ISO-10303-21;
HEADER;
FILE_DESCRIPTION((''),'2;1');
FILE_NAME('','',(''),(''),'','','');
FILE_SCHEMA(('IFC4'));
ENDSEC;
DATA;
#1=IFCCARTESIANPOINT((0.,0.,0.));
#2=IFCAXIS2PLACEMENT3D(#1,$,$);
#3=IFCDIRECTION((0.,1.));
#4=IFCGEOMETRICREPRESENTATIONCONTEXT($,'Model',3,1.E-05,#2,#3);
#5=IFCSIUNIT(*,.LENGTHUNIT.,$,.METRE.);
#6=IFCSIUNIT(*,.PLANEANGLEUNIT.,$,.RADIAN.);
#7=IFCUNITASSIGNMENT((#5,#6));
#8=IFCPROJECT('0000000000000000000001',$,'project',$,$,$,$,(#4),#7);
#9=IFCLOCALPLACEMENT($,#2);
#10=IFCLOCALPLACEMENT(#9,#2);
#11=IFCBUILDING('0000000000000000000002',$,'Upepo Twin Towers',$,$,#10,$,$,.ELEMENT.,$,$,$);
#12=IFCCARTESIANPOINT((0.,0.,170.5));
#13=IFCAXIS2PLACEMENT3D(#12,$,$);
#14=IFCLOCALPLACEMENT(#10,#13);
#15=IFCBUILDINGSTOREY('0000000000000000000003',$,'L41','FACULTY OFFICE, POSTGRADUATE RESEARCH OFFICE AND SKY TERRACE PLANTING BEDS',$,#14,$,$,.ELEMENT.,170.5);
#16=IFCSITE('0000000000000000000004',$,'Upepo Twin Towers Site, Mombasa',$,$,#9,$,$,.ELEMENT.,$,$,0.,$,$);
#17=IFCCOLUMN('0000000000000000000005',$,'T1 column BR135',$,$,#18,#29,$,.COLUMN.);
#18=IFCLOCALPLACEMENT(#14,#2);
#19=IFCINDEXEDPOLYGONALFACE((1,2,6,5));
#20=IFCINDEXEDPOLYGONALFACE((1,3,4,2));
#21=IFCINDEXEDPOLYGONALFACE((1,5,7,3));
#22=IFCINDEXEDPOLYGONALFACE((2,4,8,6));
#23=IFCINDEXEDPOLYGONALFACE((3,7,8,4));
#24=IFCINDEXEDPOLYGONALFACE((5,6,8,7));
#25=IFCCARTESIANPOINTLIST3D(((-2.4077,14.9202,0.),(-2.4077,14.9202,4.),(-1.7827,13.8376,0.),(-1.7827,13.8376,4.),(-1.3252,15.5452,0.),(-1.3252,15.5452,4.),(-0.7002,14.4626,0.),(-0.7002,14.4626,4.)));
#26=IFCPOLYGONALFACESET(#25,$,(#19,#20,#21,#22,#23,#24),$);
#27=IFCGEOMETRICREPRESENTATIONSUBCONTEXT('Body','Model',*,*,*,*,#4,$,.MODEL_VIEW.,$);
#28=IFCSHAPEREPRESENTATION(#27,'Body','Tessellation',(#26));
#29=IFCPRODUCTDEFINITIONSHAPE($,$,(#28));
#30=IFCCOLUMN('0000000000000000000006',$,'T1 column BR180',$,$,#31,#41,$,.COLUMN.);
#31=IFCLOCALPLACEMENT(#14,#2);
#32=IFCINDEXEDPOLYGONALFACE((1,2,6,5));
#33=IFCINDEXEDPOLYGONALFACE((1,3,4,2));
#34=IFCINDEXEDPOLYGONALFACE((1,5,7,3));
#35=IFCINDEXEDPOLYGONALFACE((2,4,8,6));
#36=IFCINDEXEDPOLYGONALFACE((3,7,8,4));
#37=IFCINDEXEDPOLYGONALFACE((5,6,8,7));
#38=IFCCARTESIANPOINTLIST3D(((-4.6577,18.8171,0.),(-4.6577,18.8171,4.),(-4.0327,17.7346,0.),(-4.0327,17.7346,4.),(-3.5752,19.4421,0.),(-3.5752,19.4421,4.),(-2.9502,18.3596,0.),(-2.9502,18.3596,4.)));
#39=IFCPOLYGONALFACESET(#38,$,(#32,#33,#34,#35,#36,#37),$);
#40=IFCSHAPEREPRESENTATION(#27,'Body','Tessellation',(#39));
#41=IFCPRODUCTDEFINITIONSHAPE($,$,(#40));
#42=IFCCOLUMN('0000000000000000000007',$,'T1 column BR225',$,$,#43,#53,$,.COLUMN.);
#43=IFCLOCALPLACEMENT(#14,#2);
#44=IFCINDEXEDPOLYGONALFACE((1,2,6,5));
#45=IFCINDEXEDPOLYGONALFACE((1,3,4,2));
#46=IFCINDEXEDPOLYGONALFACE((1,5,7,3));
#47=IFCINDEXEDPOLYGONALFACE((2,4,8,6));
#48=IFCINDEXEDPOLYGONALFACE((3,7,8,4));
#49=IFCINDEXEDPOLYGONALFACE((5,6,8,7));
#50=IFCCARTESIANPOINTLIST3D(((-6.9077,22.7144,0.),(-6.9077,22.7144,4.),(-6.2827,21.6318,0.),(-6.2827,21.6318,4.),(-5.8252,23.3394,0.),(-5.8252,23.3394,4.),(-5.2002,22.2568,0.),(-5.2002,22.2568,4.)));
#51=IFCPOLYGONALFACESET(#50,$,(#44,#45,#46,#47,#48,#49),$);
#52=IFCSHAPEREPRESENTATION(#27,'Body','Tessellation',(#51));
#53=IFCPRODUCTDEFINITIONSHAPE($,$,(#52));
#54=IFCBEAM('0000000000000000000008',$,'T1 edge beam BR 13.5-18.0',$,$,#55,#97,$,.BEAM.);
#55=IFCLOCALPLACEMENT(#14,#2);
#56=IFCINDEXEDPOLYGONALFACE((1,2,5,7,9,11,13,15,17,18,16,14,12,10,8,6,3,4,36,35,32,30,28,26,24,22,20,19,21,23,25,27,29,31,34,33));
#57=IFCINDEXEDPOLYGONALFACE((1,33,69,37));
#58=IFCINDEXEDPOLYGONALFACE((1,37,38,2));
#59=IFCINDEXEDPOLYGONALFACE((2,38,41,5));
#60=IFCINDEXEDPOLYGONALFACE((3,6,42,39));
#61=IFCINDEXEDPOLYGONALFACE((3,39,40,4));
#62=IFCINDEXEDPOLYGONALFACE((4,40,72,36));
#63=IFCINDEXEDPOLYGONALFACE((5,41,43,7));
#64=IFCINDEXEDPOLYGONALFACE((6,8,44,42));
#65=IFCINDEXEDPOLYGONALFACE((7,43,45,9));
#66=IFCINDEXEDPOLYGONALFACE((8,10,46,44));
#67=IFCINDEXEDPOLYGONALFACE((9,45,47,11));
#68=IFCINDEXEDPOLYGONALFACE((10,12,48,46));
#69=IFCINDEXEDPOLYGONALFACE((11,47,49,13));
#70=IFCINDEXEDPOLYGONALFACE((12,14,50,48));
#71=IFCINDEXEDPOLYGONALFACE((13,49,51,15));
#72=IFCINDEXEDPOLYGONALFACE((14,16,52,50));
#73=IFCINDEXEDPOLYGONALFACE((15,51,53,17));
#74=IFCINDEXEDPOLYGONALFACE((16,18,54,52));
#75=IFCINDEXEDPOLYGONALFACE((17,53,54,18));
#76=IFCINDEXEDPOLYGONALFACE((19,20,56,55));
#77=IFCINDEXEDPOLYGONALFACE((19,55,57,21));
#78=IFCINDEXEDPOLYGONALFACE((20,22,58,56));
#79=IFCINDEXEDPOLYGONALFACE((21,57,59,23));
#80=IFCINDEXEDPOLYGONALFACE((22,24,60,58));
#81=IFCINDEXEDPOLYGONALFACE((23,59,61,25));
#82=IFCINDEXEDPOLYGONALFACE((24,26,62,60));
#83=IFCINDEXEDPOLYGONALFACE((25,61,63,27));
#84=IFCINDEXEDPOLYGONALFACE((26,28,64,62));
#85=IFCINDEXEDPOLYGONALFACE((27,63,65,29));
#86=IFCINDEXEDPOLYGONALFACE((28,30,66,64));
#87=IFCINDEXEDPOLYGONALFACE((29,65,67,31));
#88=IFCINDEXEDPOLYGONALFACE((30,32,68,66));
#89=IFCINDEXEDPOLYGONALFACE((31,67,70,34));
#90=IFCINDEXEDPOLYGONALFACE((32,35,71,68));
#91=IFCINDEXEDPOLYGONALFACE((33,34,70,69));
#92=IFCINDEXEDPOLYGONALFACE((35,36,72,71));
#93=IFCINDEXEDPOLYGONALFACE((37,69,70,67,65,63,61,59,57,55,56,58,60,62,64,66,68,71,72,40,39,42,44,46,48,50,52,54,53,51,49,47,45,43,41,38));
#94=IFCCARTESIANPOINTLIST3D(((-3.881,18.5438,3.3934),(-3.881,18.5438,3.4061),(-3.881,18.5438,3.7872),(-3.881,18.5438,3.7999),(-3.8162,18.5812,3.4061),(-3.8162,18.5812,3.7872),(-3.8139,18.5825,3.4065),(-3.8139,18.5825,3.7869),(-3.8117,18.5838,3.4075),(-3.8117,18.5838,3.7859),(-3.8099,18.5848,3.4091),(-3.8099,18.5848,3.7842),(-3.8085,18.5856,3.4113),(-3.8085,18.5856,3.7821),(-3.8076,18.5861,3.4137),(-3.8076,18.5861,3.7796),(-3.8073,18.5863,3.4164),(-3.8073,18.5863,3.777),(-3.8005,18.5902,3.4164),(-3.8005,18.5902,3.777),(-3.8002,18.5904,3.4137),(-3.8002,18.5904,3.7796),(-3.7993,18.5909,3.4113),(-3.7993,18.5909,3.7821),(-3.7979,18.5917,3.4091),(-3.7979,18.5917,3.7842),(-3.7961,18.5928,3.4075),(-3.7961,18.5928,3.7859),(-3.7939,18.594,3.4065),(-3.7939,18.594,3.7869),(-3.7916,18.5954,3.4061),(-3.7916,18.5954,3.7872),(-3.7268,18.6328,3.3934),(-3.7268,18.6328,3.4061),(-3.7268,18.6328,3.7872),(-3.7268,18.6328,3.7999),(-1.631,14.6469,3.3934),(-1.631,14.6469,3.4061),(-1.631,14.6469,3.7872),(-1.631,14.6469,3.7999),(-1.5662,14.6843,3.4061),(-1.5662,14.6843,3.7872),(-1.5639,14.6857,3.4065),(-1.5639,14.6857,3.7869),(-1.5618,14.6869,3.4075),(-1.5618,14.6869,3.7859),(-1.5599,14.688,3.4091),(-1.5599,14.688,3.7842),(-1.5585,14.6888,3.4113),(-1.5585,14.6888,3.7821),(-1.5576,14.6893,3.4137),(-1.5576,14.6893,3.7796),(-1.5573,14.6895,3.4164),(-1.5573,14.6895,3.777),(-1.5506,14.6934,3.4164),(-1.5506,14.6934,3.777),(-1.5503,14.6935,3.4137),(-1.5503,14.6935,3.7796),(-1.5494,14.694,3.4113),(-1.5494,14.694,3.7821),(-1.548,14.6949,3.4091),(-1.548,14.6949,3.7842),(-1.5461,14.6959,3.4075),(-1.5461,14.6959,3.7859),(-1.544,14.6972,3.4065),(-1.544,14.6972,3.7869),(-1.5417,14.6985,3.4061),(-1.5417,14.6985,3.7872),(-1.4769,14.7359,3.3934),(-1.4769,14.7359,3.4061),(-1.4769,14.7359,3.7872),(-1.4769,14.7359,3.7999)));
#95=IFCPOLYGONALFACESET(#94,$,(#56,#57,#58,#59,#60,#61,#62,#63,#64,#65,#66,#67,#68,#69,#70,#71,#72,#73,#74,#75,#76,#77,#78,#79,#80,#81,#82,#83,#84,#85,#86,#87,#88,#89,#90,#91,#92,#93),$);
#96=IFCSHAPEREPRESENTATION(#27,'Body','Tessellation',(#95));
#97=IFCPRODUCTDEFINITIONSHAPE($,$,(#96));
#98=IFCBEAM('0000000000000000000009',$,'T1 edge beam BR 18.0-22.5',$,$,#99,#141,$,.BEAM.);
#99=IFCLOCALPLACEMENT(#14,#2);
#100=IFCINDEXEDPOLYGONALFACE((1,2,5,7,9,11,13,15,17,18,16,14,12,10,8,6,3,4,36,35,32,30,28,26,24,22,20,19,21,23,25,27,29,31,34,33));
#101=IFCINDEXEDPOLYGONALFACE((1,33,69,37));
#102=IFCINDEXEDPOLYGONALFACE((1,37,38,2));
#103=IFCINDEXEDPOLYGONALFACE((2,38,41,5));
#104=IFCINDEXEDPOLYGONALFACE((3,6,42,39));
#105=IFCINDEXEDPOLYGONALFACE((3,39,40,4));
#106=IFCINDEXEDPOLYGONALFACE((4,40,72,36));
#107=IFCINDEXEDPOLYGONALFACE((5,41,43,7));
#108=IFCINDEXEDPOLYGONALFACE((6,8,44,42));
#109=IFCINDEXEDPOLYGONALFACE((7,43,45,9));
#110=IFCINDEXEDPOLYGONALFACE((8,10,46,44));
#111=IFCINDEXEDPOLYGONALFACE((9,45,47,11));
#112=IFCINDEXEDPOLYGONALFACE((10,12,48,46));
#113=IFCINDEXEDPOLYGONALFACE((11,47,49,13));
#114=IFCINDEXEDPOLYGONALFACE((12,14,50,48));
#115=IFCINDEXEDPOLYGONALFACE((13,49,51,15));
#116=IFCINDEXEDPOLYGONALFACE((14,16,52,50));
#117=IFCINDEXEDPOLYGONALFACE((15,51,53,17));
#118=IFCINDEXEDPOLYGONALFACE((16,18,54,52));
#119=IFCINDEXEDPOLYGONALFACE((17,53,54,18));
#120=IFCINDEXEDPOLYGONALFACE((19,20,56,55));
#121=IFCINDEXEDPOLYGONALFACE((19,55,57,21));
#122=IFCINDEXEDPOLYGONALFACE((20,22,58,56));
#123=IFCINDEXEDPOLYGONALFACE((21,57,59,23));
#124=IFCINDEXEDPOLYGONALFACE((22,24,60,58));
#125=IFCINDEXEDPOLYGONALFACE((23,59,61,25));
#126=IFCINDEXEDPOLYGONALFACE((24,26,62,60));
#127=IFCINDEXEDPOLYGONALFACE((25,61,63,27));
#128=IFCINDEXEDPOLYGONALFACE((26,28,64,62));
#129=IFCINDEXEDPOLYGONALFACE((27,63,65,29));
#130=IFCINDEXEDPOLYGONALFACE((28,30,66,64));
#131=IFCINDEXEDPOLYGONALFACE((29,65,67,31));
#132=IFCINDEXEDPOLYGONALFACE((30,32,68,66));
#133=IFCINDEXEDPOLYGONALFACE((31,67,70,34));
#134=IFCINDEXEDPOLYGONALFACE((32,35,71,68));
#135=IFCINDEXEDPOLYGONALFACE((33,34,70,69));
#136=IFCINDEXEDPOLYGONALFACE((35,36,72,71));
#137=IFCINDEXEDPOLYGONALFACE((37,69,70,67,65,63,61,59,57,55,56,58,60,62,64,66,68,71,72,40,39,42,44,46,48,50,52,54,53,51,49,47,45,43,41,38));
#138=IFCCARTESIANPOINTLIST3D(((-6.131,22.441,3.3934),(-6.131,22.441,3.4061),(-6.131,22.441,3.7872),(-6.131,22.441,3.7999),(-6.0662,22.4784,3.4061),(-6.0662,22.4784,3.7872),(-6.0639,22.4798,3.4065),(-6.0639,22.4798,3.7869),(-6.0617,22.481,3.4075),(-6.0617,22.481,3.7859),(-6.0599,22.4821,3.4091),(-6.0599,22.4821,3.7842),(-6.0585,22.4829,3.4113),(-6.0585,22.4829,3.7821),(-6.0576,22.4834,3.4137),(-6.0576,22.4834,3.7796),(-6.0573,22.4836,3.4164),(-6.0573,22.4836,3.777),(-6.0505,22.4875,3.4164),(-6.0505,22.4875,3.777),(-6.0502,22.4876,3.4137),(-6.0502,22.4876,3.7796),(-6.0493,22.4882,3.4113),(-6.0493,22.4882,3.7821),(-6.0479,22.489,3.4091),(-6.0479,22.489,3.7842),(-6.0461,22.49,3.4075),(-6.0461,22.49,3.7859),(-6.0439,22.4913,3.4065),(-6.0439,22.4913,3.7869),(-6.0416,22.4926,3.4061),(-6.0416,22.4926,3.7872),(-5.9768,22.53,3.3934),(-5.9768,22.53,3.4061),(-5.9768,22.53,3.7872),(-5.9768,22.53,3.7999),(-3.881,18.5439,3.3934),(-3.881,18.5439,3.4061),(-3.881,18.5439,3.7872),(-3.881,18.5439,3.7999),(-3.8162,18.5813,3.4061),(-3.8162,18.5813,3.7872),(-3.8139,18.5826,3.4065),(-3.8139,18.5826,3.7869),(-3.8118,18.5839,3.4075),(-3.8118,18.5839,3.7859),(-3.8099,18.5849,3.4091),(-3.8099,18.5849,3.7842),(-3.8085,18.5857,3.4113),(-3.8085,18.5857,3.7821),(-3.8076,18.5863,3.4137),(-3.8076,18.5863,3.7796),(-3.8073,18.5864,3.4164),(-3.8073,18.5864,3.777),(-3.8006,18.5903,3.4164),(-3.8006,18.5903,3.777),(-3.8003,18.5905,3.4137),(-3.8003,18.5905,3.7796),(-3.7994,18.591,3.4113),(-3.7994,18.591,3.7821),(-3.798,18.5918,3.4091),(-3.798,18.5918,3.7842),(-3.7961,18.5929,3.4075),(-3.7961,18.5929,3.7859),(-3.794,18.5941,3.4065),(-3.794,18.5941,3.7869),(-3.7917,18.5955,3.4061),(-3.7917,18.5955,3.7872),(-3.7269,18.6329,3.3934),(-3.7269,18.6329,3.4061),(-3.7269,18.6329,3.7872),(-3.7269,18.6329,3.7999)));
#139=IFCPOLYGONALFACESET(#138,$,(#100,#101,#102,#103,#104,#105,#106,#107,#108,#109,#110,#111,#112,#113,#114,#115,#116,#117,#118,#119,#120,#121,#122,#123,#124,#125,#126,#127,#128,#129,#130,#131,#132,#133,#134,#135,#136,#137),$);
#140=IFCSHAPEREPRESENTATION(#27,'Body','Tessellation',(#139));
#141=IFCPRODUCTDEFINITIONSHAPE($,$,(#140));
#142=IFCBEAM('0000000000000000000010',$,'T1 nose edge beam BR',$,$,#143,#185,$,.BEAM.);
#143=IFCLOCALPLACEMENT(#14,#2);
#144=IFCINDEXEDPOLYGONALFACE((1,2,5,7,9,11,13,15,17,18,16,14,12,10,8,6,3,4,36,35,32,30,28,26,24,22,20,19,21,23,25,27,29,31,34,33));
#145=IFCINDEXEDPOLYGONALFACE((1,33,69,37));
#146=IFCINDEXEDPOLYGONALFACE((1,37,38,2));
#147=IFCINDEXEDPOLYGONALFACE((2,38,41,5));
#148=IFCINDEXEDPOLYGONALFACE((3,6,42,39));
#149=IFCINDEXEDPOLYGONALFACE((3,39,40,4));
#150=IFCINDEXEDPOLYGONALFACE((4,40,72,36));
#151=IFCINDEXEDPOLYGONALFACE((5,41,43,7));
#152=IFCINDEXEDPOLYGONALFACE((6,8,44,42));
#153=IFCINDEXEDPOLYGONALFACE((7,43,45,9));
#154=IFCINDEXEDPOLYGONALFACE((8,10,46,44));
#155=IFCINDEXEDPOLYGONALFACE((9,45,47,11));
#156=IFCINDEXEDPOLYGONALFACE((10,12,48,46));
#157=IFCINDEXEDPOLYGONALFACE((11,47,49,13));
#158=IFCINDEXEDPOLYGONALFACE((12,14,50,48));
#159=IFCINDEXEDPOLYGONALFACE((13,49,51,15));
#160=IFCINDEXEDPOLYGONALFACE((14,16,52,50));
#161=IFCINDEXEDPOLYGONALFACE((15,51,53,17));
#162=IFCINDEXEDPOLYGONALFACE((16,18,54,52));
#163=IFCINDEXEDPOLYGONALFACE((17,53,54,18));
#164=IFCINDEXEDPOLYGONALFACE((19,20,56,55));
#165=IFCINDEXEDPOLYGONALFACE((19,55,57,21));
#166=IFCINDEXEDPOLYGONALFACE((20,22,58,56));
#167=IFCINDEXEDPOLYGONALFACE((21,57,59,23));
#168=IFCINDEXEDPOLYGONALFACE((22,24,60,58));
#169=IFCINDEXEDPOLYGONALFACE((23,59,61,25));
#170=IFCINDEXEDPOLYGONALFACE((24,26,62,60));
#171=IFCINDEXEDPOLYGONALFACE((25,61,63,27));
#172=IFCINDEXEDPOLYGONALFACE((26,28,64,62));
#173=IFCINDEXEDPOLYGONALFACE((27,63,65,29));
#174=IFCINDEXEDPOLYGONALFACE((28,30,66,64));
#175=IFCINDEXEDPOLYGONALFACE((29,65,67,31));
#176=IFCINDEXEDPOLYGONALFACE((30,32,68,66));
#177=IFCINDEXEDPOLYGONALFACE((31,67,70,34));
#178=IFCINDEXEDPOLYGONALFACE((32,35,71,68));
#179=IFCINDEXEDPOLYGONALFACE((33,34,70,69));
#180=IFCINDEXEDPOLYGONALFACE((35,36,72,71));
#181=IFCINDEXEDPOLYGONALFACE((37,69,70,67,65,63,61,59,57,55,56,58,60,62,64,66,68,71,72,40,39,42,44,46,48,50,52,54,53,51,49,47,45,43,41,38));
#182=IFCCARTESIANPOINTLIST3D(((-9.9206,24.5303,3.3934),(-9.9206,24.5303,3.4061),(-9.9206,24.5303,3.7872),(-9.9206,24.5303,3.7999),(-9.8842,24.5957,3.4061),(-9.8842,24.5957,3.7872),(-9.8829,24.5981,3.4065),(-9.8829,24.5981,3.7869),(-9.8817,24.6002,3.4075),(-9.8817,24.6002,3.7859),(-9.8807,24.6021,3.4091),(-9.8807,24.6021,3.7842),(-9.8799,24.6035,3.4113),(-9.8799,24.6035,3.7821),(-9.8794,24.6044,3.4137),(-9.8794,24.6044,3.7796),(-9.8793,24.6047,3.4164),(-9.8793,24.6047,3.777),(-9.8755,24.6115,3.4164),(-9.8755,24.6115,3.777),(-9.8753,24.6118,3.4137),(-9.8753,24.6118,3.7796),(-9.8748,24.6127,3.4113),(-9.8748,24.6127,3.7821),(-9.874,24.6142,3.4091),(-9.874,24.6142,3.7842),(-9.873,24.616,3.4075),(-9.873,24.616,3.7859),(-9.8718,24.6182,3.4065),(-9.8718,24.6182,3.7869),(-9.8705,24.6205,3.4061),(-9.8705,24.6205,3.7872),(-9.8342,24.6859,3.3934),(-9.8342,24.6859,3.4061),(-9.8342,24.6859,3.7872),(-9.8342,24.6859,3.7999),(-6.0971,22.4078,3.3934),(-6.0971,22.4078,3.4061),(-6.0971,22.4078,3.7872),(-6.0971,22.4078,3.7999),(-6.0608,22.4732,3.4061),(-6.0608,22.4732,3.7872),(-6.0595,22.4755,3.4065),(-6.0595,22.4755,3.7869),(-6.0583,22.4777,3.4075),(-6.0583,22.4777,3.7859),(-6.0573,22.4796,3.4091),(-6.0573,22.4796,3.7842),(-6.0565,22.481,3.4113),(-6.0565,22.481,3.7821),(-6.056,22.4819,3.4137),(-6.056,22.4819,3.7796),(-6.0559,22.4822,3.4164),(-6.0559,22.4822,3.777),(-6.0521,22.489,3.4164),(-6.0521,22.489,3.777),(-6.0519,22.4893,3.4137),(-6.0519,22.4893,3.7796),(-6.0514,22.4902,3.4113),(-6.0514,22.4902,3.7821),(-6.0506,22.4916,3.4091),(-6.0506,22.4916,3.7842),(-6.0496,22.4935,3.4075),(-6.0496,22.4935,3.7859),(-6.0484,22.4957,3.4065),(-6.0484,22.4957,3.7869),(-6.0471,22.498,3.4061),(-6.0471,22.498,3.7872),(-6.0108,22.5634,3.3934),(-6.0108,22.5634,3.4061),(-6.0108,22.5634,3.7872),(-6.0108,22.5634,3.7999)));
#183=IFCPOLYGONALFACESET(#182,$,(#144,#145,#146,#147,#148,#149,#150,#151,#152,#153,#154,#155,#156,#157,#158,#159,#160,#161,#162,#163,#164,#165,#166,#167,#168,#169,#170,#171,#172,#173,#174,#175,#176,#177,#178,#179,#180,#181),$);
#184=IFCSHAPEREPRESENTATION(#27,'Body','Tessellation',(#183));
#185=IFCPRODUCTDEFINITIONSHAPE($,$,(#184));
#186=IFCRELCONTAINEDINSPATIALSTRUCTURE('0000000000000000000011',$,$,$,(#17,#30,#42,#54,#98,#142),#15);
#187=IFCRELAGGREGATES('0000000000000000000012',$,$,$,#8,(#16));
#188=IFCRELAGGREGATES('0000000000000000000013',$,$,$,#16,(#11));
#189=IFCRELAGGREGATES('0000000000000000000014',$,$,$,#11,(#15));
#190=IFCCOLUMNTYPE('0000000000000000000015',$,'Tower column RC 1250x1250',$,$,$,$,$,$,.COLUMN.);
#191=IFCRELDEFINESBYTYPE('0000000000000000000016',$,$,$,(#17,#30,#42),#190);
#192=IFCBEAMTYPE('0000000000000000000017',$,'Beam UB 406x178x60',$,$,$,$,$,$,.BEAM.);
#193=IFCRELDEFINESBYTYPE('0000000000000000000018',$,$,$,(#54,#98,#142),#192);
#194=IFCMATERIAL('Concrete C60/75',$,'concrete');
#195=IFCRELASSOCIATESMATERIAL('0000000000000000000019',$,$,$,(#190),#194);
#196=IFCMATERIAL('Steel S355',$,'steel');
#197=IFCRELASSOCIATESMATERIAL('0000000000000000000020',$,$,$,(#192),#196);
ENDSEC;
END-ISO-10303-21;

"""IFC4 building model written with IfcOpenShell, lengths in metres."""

from ifc_helpers import new_model, si_unit, direction, frame, origin, origin_2d, place, context, subcontext, project, spatial, rectangle, i_section, extrude, material, material_profile, profile_set, type_object, element, save


model = new_model("IFC4")

# Units and contexts
model_context = context("Model", 3, precision=1e-05, world=origin(), true_north=direction((0.0, 1.0)))
body_context = subcontext(model_context, "Body", "Model", "MODEL_VIEW")
ifc_project = project(units=[si_unit("LENGTHUNIT", "METRE"), si_unit("PLANEANGLEUNIT", "RADIAN")], contexts=[model_context])

# Site, building, storey
site_placement = place(None, origin())
site = spatial("IfcSite", under=ifc_project, at=site_placement, Name="Upepo Twin Towers Site, Mombasa", CompositionType="ELEMENT", RefElevation=0.0)
building_placement = place(site_placement, origin())
building = spatial("IfcBuilding", under=site, at=building_placement, Name="Upepo Twin Towers", CompositionType="ELEMENT")
storey_placement = place(building_placement, frame((0.0, 0.0, 170.5)))
storey = spatial("IfcBuildingStorey", under=building, at=storey_placement, Name="L41", Description="FACULTY OFFICE, POSTGRADUATE RESEARCH OFFICE AND SKY TERRACE PLANTING BEDS", CompositionType="ELEMENT", Elevation=170.5)

# Columns
ifc_material_1 = material(Name="Concrete C60/75", Category="concrete")
ifc_material_profile_1 = material_profile(ifc_material_1, rectangle(XDim=1.25, YDim=1.25, at=origin_2d()), Name="RC 1250x1250")
ifc_profile_set_1 = profile_set([ifc_material_profile_1], Name="Concrete C60/75")
column_type = type_object("IfcColumnType", Name="Tower column RC 1250x1250", PredefinedType="COLUMN", material=ifc_profile_set_1)
for number, where, z_axis, x_axis, name in (
    (1, (-1.554, 14.6914, 0.0), (0.0, 0.0, 1.0), (0.866025, 0.5, 0.0), "T1 column BR135"),
    (2, (-3.804, 18.5884, 0.0), (0.0, 0.0, 1.0), (0.866025, 0.5, 0.0), "T1 column BR180"),
    (3, (-6.054, 22.4856, 0.0), (0.0, 0.0, 1.0), (0.866025, 0.5, 0.0), "T1 column BR225"),
):
    element("IfcColumn", number, at=place(storey_placement, frame(where, z_axis=z_axis, x_axis=x_axis)), inside=storey, type_object=column_type, Name=name, PredefinedType="COLUMN", context=body_context, shape_type="SweptSolid", body=[
        extrude(rectangle(XDim=1.25, YDim=1.25, at=origin_2d()), origin(), (0.0, 0.0, 1.0), 4.0),
    ])

# Beams
ifc_material_2 = material(Name="Steel S355", Category="steel")
ifc_material_profile_2 = material_profile(ifc_material_2, i_section(OverallWidth=0.178, OverallDepth=0.4065, WebThickness=0.0078, FlangeThickness=0.0127, FilletRadius=0.0103, at=origin_2d()), Name="UB 406x178x60")
ifc_profile_set_2 = profile_set([ifc_material_profile_2], Name="Steel S355")
beam_type_1 = type_object("IfcBeamType", Name="Beam UB 406x178x60", PredefinedType="BEAM", material=ifc_profile_set_2)
beam_1_placement = place(storey_placement, frame((-1.554, 14.6914, 3.5967), z_axis=(-0.500014, 0.866018, 0.0), x_axis=(-0.866018, -0.500014, 0.0)))
element("IfcBeam", 4, at=beam_1_placement, inside=storey, type_object=beam_type_1, Name="T1 edge beam BR 13.5-18.0", PredefinedType="BEAM", context=body_context, shape_type="SweptSolid", body=[
    extrude(i_section(OverallWidth=0.178, OverallDepth=0.4065, WebThickness=0.0078, FlangeThickness=0.0127, FilletRadius=0.0103, at=origin_2d()), origin(), (0.0, 0.0, 1.0), 4.4998),
])
beam_2_placement = place(storey_placement, frame((-3.804, 18.5884, 3.5967), z_axis=(-0.49999, 0.866031, 0.0), x_axis=(-0.866031, -0.49999, 0.0)))
element("IfcBeam", 5, at=beam_2_placement, inside=storey, type_object=beam_type_1, Name="T1 edge beam BR 18.0-22.5", PredefinedType="BEAM", context=body_context, shape_type="SweptSolid", body=[
    extrude(i_section(OverallWidth=0.178, OverallDepth=0.4065, WebThickness=0.0078, FlangeThickness=0.0127, FilletRadius=0.0103, at=origin_2d()), origin(), (0.0, 0.0, 1.0), 4.5),
])
beam_3_placement = place(storey_placement, frame((-6.054, 22.4856, 3.5967), z_axis=(-0.874313, 0.485363, 0.0), x_axis=(-0.485363, -0.874313, 0.0)))
element("IfcBeam", 6, at=beam_3_placement, inside=storey, type_object=beam_type_1, Name="T1 nose edge beam BR", PredefinedType="BEAM", context=body_context, shape_type="SweptSolid", body=[
    extrude(i_section(OverallWidth=0.178, OverallDepth=0.4065, WebThickness=0.0078, FlangeThickness=0.0127, FilletRadius=0.0103, at=origin_2d()), origin(), (0.0, 0.0, 1.0), 4.373),
])

save(model, "model.ifc")
